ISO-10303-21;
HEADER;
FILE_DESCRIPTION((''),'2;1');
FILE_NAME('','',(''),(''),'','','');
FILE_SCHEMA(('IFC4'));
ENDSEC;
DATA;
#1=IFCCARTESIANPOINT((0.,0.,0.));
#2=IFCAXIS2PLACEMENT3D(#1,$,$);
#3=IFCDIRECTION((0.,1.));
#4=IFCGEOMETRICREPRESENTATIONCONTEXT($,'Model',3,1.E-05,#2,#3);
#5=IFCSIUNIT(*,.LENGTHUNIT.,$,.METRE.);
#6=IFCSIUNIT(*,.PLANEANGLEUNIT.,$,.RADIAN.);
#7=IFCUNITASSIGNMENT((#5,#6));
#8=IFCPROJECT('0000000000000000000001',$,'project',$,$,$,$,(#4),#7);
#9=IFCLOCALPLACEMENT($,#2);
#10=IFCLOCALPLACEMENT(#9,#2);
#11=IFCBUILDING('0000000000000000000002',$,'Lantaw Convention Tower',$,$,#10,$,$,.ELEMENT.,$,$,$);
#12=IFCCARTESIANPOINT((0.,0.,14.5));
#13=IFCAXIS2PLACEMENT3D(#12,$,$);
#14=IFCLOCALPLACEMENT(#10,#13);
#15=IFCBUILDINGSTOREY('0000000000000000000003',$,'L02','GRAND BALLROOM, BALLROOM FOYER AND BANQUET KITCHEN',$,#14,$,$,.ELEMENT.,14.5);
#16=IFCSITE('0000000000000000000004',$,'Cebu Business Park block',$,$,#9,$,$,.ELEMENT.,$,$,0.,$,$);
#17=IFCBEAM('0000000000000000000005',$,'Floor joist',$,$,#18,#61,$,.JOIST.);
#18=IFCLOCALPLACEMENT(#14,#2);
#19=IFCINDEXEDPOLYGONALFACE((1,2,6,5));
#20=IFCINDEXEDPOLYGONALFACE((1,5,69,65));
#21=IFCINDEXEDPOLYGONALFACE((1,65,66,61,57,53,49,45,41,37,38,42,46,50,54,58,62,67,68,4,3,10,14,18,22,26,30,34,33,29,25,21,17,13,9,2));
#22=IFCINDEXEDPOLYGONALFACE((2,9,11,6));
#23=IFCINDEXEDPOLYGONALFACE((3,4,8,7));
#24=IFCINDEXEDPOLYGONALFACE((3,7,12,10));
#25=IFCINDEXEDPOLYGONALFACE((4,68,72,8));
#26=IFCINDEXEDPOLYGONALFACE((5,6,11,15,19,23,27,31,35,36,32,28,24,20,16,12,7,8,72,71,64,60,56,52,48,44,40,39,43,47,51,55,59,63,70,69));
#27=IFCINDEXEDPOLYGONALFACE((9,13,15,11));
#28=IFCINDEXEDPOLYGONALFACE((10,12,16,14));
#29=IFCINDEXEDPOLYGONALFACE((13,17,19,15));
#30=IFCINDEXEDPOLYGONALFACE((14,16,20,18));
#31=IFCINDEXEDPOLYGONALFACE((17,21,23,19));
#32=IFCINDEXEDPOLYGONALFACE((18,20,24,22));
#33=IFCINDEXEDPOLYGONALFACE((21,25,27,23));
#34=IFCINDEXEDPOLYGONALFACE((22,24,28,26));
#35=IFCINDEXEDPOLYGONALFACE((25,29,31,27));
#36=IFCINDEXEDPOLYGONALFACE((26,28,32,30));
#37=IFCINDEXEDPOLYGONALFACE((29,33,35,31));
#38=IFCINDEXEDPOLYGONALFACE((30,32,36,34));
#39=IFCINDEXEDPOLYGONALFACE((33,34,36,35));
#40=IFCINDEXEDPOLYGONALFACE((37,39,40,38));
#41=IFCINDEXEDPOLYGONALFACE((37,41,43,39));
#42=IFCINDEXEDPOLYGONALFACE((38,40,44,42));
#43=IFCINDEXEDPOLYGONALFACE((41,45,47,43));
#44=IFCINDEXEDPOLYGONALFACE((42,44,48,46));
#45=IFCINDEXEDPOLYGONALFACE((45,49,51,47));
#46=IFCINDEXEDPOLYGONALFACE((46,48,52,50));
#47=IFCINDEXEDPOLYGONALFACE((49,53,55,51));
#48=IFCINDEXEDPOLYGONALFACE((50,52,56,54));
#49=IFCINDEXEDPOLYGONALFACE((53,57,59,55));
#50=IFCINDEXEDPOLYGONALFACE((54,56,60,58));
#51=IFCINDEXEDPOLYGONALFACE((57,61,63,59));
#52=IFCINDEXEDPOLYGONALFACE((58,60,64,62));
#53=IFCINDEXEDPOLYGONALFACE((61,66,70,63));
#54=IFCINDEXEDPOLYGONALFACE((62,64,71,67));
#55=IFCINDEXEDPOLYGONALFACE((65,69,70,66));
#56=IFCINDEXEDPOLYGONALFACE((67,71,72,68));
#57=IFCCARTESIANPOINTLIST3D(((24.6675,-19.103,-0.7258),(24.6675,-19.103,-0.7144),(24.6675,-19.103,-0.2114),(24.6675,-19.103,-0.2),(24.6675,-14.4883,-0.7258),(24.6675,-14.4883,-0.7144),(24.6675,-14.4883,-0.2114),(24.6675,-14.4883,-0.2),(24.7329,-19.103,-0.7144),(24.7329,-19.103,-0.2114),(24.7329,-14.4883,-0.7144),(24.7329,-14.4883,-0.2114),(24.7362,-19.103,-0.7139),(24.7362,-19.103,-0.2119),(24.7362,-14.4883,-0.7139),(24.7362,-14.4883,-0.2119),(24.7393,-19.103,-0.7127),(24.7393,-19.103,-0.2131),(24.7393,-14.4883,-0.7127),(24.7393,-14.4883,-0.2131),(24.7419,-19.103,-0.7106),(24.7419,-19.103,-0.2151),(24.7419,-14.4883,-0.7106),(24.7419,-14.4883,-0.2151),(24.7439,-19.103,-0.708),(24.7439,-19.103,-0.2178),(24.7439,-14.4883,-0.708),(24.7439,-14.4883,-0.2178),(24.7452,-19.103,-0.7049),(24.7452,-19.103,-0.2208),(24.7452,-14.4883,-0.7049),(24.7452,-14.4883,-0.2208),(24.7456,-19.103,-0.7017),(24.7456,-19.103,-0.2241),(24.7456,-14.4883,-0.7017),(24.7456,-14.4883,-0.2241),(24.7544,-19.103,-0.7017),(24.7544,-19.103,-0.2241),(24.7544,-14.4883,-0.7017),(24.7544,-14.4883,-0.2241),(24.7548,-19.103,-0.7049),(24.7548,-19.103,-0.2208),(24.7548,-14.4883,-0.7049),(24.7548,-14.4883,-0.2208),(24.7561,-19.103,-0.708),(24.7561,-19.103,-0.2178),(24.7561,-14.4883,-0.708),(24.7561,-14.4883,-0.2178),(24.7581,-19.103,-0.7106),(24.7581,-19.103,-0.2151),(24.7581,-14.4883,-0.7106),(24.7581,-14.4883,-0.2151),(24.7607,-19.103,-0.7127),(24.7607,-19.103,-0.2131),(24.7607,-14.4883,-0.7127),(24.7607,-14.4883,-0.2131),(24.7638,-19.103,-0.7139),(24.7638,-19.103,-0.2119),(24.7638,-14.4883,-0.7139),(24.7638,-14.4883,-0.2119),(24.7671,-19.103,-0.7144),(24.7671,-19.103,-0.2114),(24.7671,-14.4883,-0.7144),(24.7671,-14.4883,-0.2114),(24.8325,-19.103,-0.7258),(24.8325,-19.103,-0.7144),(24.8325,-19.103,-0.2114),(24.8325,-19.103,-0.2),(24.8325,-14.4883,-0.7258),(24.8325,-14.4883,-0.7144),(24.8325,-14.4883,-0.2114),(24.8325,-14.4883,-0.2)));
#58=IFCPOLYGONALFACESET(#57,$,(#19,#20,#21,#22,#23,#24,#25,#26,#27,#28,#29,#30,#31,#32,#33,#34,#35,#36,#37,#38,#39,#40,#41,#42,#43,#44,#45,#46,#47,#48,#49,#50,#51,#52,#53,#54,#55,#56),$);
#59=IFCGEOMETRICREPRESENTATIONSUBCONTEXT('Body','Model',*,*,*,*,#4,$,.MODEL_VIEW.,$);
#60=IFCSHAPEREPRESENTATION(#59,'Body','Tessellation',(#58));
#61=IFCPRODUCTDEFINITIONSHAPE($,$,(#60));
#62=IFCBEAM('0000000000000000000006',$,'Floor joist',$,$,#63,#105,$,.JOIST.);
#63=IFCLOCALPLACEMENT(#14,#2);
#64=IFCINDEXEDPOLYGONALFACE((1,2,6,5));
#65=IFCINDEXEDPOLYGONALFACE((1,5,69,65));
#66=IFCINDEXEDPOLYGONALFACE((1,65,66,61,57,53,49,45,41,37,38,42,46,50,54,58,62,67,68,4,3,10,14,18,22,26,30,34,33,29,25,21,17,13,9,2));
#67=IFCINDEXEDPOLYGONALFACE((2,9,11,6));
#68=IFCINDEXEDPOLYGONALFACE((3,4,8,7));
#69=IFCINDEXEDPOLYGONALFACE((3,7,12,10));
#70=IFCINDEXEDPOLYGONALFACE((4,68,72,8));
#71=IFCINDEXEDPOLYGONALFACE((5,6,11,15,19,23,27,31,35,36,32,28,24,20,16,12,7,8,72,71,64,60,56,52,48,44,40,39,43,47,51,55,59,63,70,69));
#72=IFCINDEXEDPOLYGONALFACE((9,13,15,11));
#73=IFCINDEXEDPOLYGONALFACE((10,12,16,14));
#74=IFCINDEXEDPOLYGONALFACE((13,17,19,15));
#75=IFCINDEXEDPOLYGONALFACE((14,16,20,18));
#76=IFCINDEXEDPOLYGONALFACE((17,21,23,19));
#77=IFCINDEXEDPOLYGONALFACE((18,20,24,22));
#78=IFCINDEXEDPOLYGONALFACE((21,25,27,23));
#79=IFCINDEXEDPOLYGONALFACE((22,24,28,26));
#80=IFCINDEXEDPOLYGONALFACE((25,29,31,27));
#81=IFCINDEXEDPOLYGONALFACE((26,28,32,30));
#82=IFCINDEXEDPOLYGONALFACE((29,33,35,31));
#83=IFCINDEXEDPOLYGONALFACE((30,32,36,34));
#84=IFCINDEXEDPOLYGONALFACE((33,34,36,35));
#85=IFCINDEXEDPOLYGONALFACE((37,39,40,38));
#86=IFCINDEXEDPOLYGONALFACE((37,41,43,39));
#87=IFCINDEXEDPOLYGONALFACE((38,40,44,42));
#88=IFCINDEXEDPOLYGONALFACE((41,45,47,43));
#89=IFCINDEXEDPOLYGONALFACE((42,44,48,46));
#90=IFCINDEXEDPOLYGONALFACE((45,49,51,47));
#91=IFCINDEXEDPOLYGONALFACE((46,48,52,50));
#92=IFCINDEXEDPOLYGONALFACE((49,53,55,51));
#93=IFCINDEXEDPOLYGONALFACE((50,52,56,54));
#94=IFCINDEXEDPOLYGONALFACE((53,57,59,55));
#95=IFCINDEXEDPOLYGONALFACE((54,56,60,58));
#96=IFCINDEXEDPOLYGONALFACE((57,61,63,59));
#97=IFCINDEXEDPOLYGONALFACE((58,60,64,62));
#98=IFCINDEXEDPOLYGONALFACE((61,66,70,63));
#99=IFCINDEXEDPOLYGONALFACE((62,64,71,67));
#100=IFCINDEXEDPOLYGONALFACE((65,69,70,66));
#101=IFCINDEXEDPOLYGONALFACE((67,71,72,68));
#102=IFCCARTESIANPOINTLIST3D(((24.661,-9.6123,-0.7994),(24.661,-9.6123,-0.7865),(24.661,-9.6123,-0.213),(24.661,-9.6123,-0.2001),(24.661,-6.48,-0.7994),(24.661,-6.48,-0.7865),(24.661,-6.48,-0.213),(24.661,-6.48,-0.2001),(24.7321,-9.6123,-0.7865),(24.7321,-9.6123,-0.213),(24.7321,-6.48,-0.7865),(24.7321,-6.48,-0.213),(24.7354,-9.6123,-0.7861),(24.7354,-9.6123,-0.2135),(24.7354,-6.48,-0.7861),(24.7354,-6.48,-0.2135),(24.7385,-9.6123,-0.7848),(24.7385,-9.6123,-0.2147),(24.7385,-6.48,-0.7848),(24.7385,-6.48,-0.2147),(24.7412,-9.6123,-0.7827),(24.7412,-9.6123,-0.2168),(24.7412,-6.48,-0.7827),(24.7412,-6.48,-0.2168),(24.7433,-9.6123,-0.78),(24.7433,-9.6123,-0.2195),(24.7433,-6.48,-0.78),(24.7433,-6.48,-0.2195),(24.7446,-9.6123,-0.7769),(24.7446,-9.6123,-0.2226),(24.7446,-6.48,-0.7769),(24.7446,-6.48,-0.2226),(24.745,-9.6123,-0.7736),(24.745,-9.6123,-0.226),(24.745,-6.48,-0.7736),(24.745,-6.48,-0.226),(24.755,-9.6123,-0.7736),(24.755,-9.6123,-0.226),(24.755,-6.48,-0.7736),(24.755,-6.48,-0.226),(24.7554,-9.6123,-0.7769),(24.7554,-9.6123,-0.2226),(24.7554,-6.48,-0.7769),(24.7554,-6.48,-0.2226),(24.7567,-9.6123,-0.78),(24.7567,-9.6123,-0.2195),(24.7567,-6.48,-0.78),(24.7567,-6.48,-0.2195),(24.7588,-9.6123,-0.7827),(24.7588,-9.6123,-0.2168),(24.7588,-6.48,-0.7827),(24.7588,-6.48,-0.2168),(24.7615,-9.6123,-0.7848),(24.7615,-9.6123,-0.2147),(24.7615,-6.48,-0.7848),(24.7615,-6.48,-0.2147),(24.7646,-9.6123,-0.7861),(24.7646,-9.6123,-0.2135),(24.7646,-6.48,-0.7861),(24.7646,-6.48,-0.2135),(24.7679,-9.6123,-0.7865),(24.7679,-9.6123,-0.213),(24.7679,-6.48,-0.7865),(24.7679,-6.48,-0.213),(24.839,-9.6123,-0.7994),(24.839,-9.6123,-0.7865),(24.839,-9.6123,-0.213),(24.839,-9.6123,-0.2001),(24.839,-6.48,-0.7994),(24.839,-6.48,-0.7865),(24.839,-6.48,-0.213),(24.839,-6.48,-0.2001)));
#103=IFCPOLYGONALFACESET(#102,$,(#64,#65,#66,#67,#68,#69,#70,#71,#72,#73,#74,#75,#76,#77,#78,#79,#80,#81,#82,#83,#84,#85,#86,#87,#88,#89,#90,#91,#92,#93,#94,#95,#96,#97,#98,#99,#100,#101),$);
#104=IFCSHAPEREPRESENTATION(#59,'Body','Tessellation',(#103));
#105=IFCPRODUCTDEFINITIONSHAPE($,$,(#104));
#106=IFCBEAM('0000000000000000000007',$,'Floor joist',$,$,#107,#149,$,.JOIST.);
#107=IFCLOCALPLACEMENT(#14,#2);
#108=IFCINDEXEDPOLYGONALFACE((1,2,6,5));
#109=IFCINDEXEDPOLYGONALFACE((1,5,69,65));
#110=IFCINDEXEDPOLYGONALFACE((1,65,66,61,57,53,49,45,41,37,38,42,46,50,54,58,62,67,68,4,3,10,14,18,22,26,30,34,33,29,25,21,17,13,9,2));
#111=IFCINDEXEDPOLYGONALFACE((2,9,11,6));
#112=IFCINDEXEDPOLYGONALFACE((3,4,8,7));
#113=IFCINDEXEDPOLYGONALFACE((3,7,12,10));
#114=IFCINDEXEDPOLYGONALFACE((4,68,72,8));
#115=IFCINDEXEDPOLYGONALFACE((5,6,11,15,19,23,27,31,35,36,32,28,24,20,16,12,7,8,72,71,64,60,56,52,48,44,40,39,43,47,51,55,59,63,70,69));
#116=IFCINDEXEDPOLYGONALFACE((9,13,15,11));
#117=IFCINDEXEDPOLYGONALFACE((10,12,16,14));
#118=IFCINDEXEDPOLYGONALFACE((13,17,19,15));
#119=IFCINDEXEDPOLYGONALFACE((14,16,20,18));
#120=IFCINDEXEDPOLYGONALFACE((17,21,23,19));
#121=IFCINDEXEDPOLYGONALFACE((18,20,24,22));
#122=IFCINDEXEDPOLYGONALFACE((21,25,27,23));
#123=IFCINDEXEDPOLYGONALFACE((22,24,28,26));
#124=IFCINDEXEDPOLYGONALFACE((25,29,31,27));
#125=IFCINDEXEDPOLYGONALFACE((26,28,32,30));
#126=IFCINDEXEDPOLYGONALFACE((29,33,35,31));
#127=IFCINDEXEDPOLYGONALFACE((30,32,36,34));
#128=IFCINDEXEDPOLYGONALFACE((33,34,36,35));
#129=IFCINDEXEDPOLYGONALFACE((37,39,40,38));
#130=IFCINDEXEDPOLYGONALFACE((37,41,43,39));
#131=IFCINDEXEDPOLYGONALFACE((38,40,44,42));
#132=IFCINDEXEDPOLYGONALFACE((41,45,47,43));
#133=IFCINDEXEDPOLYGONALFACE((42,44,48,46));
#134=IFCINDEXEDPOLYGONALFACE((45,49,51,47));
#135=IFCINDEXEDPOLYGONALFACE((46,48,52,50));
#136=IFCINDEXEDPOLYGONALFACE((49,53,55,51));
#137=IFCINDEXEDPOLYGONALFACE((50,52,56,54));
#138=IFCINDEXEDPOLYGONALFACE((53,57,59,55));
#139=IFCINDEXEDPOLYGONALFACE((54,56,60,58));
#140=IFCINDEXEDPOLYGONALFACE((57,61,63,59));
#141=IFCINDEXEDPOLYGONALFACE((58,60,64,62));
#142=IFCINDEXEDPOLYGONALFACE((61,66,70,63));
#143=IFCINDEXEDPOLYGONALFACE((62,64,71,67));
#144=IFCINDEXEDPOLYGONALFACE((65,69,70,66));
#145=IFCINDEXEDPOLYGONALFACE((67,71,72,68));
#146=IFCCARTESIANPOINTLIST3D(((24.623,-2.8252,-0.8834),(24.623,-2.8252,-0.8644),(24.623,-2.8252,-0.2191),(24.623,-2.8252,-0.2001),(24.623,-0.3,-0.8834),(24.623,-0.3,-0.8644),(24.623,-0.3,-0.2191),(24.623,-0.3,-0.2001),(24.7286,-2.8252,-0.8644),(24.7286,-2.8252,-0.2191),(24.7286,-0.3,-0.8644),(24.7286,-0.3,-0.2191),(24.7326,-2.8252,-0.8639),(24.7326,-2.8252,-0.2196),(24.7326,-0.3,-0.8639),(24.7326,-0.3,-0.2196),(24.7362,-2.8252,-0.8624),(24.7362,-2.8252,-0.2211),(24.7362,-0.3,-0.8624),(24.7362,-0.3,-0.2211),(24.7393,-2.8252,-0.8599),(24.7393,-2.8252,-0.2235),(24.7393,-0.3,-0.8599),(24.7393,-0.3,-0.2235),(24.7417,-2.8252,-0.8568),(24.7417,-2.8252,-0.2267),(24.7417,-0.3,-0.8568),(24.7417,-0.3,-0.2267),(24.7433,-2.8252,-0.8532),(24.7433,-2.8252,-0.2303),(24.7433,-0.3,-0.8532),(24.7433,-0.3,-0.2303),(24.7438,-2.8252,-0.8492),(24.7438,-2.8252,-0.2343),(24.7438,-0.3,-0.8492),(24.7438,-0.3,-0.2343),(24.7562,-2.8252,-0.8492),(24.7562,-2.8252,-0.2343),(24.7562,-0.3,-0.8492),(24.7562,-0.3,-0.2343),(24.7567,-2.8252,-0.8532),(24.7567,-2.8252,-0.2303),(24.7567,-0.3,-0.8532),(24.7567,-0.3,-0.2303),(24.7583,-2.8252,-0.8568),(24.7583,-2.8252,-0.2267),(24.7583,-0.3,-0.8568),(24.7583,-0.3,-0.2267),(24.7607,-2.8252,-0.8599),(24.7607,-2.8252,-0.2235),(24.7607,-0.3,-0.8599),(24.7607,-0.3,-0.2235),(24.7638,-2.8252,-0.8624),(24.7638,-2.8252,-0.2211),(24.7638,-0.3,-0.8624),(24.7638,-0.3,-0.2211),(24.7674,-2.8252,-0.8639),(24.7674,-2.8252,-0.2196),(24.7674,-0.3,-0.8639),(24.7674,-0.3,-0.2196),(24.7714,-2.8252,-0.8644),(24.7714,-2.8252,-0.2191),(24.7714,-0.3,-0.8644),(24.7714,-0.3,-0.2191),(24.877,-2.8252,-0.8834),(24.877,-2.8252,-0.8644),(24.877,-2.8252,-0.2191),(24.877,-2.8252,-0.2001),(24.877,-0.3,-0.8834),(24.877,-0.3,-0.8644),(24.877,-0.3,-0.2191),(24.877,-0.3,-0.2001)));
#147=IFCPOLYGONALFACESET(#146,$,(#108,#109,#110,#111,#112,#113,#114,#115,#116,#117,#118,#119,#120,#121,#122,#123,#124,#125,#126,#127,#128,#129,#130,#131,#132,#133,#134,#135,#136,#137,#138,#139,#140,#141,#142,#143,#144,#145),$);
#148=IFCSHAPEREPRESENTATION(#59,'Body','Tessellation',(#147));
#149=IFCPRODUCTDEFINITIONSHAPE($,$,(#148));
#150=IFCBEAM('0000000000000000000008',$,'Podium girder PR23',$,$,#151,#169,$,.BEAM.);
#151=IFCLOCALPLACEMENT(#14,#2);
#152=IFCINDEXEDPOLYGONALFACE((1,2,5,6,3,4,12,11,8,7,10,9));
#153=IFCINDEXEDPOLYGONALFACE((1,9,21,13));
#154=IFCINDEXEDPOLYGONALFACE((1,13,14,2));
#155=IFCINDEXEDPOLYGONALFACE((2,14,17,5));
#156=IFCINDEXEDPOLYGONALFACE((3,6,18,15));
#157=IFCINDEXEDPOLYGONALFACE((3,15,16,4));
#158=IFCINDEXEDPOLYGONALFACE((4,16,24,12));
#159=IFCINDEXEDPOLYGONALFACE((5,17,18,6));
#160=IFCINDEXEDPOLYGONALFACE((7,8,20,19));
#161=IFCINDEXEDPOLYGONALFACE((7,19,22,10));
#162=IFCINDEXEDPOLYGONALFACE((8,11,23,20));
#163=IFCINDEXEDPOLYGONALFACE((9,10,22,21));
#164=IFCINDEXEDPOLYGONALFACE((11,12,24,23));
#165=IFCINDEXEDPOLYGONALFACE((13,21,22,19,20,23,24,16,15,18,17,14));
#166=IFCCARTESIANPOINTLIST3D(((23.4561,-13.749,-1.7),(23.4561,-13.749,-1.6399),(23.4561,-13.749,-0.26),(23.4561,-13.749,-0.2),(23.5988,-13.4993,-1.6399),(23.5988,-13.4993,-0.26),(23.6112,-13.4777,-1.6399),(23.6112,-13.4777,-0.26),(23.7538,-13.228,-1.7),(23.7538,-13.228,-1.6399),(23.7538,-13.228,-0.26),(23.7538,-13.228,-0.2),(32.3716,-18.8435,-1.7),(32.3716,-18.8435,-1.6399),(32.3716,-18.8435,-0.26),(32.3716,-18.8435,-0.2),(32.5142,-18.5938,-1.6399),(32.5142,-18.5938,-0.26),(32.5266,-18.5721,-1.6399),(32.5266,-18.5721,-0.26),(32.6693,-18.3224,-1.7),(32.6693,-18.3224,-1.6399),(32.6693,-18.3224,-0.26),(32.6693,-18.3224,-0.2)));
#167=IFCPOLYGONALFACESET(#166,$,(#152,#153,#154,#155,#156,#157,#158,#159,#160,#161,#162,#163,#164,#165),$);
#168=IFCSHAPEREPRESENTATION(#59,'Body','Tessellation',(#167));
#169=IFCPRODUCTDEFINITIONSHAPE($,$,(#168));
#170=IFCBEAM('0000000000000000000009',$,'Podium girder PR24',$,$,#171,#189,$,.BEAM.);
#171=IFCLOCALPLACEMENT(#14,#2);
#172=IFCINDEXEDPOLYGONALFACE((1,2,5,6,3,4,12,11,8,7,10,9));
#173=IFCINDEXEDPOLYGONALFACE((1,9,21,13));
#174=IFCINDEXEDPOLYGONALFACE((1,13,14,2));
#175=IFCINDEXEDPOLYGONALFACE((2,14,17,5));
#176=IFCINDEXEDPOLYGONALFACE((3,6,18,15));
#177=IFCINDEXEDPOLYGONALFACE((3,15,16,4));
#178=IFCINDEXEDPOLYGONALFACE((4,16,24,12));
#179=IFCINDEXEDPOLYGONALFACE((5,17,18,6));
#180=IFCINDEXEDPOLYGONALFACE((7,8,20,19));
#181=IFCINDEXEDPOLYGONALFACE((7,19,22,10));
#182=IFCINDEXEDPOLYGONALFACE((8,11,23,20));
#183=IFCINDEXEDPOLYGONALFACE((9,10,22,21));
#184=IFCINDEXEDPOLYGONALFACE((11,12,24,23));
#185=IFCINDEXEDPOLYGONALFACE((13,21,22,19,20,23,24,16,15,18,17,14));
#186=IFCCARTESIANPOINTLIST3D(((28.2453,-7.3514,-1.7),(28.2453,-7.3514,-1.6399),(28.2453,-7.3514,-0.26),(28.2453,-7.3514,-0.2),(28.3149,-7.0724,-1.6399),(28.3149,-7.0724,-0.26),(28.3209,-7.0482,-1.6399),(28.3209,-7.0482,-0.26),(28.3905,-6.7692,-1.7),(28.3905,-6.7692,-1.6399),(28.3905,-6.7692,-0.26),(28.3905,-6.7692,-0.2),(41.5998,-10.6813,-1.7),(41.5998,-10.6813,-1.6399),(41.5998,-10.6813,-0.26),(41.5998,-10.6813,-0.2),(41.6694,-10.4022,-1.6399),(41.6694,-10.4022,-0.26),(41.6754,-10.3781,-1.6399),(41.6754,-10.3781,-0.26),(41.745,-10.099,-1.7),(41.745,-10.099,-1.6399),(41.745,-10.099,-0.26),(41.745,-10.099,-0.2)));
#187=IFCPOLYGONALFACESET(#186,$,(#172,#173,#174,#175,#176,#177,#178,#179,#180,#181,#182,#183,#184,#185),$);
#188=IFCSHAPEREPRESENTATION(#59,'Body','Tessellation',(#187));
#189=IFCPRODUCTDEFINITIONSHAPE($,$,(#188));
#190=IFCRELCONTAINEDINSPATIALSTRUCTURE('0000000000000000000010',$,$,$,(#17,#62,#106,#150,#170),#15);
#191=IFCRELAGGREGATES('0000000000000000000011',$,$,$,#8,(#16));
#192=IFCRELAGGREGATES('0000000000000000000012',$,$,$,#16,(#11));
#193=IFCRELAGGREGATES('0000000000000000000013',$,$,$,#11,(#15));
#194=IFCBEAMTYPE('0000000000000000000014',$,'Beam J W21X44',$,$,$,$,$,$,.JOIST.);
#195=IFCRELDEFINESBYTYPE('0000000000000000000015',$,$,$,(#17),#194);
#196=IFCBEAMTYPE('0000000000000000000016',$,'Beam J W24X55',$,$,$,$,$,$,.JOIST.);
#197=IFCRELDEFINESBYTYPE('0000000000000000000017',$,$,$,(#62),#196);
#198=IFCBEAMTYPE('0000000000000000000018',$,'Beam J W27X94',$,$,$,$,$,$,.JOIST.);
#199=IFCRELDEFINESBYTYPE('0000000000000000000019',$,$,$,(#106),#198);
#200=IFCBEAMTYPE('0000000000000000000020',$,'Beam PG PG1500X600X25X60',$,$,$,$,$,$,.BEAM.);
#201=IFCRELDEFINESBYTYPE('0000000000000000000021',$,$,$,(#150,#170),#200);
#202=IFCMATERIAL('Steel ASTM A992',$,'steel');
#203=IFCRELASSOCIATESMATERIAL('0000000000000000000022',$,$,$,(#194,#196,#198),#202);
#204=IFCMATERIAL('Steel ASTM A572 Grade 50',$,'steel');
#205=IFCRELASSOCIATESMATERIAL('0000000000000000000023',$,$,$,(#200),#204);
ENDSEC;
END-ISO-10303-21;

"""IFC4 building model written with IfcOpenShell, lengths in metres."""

from ifc_helpers import new_model, si_unit, direction, frame, origin, origin_2d, place, context, subcontext, project, spatial, i_section, extrude, material, material_profile, profile_set, type_object, element, save


model = new_model("IFC4")

# Units and contexts
model_context = context("Model", 3, precision=1e-05, world=origin(), true_north=direction((0.0, 1.0)))
body_context = subcontext(model_context, "Body", "Model", "MODEL_VIEW")
ifc_project = project(units=[si_unit("LENGTHUNIT", "METRE"), si_unit("PLANEANGLEUNIT", "RADIAN")], contexts=[model_context])

# Site, building, storey
site_placement = place(None, origin())
site = spatial("IfcSite", under=ifc_project, at=site_placement, Name="Cebu Business Park block", CompositionType="ELEMENT", RefElevation=0.0)
building_placement = place(site_placement, origin())
building = spatial("IfcBuilding", under=site, at=building_placement, Name="Lantaw Convention Tower", CompositionType="ELEMENT")
storey_placement = place(building_placement, frame((0.0, 0.0, 14.5)))
storey = spatial("IfcBuildingStorey", under=building, at=storey_placement, Name="L02", Description="GRAND BALLROOM, BALLROOM FOYER AND BANQUET KITCHEN", CompositionType="ELEMENT", Elevation=14.5)

# Shared definitions
ifc_material_1 = material(Name="Steel ASTM A572 Grade 50", Category="steel")

# Beams
ifc_material_2 = material(Name="Steel ASTM A992", Category="steel")
ifc_material_profile_1 = material_profile(ifc_material_2, i_section(OverallWidth=0.165, OverallDepth=0.5259, WebThickness=0.0088, FlangeThickness=0.0115, FilletRadius=0.0127, at=origin_2d()), Name="W21X44")
ifc_profile_set_1 = profile_set([ifc_material_profile_1], Name="Steel ASTM A992")
beam_type_1 = type_object("IfcBeamType", Name="Beam J W21X44", PredefinedType="JOIST", material=ifc_profile_set_1)
beam_1_placement = place(storey_placement, frame((24.75, -19.103, -0.4629), z_axis=(0.0, 1.0, 0.0), x_axis=(-1.0, 0.0, 0.0)))
element("IfcBeam", 1, at=beam_1_placement, inside=storey, type_object=beam_type_1, Name="Floor joist", PredefinedType="JOIST", context=body_context, shape_type="SweptSolid", body=[
    extrude(i_section(OverallWidth=0.165, OverallDepth=0.5259, WebThickness=0.0088, FlangeThickness=0.0115, FilletRadius=0.0127, at=origin_2d()), origin(), (0.0, 0.0, 1.0), 4.6147),
])
ifc_material_profile_2 = material_profile(ifc_material_2, i_section(OverallWidth=0.178, OverallDepth=0.5994, WebThickness=0.01, FlangeThickness=0.0129, FilletRadius=0.0129, at=origin_2d()), Name="W24X55")
ifc_profile_set_2 = profile_set([ifc_material_profile_2], Name="Steel ASTM A992")
beam_type_2 = type_object("IfcBeamType", Name="Beam J W24X55", PredefinedType="JOIST", material=ifc_profile_set_2)
beam_2_placement = place(storey_placement, frame((24.75, -9.6123, -0.4998), z_axis=(0.0, 1.0, 0.0), x_axis=(-1.0, 0.0, 0.0)))
element("IfcBeam", 2, at=beam_2_placement, inside=storey, type_object=beam_type_2, Name="Floor joist", PredefinedType="JOIST", context=body_context, shape_type="SweptSolid", body=[
    extrude(i_section(OverallWidth=0.178, OverallDepth=0.5994, WebThickness=0.01, FlangeThickness=0.0129, FilletRadius=0.0129, at=origin_2d()), origin(), (0.0, 0.0, 1.0), 3.1323),
])
ifc_material_profile_3 = material_profile(ifc_material_2, i_section(OverallWidth=0.2539, OverallDepth=0.6833, WebThickness=0.0125, FlangeThickness=0.019, FilletRadius=0.0151, at=origin_2d()), Name="W27X94")
ifc_profile_set_3 = profile_set([ifc_material_profile_3], Name="Steel ASTM A992")
beam_type_3 = type_object("IfcBeamType", Name="Beam J W27X94", PredefinedType="JOIST", material=ifc_profile_set_3)
beam_3_placement = place(storey_placement, frame((24.75, -2.8252, -0.5417), z_axis=(0.0, 1.0, 0.0), x_axis=(-1.0, 0.0, 0.0)))
element("IfcBeam", 3, at=beam_3_placement, inside=storey, type_object=beam_type_3, Name="Floor joist", PredefinedType="JOIST", context=body_context, shape_type="SweptSolid", body=[
    extrude(i_section(OverallWidth=0.2539, OverallDepth=0.6833, WebThickness=0.0125, FlangeThickness=0.019, FilletRadius=0.0151, at=origin_2d()), origin(), (0.0, 0.0, 1.0), 2.5251),
])
ifc_material_profile_4 = material_profile(ifc_material_1, i_section(OverallWidth=0.6001, OverallDepth=1.5, WebThickness=0.0249, FlangeThickness=0.0601, at=origin_2d()), Name="PG1500X600X25X60")
ifc_profile_set_4 = profile_set([ifc_material_profile_4], Name="Steel ASTM A572 Grade 50")
beam_type_4 = type_object("IfcBeamType", Name="Beam PG PG1500X600X25X60", PredefinedType="BEAM", material=ifc_profile_set_4)
beam_4_placement = place(storey_placement, frame((23.605, -13.4885, -0.95), z_axis=(0.868248, -0.496131, 0.0), x_axis=(0.496131, 0.868248, 0.0)))
element("IfcBeam", 4, at=beam_4_placement, inside=storey, type_object=beam_type_4, Name="Podium girder PR23", PredefinedType="BEAM", context=body_context, shape_type="SweptSolid", body=[
    extrude(i_section(OverallWidth=0.6001, OverallDepth=1.5, WebThickness=0.0249, FlangeThickness=0.0601, at=origin_2d()), origin(), (0.0, 0.0, 1.0), 10.2683),
])
beam_5_placement = place(storey_placement, frame((28.3179, -7.0603, -0.95), z_axis=(0.970293, -0.241935, 0.0), x_axis=(0.241935, 0.970293, 0.0)))
element("IfcBeam", 5, at=beam_5_placement, inside=storey, type_object=beam_type_4, Name="Podium girder PR24", PredefinedType="BEAM", context=body_context, shape_type="SweptSolid", body=[
    extrude(i_section(OverallWidth=0.6001, OverallDepth=1.5, WebThickness=0.0249, FlangeThickness=0.0601, at=origin_2d()), origin(), (0.0, 0.0, 1.0), 13.7634),
])

save(model, "model.ifc")
